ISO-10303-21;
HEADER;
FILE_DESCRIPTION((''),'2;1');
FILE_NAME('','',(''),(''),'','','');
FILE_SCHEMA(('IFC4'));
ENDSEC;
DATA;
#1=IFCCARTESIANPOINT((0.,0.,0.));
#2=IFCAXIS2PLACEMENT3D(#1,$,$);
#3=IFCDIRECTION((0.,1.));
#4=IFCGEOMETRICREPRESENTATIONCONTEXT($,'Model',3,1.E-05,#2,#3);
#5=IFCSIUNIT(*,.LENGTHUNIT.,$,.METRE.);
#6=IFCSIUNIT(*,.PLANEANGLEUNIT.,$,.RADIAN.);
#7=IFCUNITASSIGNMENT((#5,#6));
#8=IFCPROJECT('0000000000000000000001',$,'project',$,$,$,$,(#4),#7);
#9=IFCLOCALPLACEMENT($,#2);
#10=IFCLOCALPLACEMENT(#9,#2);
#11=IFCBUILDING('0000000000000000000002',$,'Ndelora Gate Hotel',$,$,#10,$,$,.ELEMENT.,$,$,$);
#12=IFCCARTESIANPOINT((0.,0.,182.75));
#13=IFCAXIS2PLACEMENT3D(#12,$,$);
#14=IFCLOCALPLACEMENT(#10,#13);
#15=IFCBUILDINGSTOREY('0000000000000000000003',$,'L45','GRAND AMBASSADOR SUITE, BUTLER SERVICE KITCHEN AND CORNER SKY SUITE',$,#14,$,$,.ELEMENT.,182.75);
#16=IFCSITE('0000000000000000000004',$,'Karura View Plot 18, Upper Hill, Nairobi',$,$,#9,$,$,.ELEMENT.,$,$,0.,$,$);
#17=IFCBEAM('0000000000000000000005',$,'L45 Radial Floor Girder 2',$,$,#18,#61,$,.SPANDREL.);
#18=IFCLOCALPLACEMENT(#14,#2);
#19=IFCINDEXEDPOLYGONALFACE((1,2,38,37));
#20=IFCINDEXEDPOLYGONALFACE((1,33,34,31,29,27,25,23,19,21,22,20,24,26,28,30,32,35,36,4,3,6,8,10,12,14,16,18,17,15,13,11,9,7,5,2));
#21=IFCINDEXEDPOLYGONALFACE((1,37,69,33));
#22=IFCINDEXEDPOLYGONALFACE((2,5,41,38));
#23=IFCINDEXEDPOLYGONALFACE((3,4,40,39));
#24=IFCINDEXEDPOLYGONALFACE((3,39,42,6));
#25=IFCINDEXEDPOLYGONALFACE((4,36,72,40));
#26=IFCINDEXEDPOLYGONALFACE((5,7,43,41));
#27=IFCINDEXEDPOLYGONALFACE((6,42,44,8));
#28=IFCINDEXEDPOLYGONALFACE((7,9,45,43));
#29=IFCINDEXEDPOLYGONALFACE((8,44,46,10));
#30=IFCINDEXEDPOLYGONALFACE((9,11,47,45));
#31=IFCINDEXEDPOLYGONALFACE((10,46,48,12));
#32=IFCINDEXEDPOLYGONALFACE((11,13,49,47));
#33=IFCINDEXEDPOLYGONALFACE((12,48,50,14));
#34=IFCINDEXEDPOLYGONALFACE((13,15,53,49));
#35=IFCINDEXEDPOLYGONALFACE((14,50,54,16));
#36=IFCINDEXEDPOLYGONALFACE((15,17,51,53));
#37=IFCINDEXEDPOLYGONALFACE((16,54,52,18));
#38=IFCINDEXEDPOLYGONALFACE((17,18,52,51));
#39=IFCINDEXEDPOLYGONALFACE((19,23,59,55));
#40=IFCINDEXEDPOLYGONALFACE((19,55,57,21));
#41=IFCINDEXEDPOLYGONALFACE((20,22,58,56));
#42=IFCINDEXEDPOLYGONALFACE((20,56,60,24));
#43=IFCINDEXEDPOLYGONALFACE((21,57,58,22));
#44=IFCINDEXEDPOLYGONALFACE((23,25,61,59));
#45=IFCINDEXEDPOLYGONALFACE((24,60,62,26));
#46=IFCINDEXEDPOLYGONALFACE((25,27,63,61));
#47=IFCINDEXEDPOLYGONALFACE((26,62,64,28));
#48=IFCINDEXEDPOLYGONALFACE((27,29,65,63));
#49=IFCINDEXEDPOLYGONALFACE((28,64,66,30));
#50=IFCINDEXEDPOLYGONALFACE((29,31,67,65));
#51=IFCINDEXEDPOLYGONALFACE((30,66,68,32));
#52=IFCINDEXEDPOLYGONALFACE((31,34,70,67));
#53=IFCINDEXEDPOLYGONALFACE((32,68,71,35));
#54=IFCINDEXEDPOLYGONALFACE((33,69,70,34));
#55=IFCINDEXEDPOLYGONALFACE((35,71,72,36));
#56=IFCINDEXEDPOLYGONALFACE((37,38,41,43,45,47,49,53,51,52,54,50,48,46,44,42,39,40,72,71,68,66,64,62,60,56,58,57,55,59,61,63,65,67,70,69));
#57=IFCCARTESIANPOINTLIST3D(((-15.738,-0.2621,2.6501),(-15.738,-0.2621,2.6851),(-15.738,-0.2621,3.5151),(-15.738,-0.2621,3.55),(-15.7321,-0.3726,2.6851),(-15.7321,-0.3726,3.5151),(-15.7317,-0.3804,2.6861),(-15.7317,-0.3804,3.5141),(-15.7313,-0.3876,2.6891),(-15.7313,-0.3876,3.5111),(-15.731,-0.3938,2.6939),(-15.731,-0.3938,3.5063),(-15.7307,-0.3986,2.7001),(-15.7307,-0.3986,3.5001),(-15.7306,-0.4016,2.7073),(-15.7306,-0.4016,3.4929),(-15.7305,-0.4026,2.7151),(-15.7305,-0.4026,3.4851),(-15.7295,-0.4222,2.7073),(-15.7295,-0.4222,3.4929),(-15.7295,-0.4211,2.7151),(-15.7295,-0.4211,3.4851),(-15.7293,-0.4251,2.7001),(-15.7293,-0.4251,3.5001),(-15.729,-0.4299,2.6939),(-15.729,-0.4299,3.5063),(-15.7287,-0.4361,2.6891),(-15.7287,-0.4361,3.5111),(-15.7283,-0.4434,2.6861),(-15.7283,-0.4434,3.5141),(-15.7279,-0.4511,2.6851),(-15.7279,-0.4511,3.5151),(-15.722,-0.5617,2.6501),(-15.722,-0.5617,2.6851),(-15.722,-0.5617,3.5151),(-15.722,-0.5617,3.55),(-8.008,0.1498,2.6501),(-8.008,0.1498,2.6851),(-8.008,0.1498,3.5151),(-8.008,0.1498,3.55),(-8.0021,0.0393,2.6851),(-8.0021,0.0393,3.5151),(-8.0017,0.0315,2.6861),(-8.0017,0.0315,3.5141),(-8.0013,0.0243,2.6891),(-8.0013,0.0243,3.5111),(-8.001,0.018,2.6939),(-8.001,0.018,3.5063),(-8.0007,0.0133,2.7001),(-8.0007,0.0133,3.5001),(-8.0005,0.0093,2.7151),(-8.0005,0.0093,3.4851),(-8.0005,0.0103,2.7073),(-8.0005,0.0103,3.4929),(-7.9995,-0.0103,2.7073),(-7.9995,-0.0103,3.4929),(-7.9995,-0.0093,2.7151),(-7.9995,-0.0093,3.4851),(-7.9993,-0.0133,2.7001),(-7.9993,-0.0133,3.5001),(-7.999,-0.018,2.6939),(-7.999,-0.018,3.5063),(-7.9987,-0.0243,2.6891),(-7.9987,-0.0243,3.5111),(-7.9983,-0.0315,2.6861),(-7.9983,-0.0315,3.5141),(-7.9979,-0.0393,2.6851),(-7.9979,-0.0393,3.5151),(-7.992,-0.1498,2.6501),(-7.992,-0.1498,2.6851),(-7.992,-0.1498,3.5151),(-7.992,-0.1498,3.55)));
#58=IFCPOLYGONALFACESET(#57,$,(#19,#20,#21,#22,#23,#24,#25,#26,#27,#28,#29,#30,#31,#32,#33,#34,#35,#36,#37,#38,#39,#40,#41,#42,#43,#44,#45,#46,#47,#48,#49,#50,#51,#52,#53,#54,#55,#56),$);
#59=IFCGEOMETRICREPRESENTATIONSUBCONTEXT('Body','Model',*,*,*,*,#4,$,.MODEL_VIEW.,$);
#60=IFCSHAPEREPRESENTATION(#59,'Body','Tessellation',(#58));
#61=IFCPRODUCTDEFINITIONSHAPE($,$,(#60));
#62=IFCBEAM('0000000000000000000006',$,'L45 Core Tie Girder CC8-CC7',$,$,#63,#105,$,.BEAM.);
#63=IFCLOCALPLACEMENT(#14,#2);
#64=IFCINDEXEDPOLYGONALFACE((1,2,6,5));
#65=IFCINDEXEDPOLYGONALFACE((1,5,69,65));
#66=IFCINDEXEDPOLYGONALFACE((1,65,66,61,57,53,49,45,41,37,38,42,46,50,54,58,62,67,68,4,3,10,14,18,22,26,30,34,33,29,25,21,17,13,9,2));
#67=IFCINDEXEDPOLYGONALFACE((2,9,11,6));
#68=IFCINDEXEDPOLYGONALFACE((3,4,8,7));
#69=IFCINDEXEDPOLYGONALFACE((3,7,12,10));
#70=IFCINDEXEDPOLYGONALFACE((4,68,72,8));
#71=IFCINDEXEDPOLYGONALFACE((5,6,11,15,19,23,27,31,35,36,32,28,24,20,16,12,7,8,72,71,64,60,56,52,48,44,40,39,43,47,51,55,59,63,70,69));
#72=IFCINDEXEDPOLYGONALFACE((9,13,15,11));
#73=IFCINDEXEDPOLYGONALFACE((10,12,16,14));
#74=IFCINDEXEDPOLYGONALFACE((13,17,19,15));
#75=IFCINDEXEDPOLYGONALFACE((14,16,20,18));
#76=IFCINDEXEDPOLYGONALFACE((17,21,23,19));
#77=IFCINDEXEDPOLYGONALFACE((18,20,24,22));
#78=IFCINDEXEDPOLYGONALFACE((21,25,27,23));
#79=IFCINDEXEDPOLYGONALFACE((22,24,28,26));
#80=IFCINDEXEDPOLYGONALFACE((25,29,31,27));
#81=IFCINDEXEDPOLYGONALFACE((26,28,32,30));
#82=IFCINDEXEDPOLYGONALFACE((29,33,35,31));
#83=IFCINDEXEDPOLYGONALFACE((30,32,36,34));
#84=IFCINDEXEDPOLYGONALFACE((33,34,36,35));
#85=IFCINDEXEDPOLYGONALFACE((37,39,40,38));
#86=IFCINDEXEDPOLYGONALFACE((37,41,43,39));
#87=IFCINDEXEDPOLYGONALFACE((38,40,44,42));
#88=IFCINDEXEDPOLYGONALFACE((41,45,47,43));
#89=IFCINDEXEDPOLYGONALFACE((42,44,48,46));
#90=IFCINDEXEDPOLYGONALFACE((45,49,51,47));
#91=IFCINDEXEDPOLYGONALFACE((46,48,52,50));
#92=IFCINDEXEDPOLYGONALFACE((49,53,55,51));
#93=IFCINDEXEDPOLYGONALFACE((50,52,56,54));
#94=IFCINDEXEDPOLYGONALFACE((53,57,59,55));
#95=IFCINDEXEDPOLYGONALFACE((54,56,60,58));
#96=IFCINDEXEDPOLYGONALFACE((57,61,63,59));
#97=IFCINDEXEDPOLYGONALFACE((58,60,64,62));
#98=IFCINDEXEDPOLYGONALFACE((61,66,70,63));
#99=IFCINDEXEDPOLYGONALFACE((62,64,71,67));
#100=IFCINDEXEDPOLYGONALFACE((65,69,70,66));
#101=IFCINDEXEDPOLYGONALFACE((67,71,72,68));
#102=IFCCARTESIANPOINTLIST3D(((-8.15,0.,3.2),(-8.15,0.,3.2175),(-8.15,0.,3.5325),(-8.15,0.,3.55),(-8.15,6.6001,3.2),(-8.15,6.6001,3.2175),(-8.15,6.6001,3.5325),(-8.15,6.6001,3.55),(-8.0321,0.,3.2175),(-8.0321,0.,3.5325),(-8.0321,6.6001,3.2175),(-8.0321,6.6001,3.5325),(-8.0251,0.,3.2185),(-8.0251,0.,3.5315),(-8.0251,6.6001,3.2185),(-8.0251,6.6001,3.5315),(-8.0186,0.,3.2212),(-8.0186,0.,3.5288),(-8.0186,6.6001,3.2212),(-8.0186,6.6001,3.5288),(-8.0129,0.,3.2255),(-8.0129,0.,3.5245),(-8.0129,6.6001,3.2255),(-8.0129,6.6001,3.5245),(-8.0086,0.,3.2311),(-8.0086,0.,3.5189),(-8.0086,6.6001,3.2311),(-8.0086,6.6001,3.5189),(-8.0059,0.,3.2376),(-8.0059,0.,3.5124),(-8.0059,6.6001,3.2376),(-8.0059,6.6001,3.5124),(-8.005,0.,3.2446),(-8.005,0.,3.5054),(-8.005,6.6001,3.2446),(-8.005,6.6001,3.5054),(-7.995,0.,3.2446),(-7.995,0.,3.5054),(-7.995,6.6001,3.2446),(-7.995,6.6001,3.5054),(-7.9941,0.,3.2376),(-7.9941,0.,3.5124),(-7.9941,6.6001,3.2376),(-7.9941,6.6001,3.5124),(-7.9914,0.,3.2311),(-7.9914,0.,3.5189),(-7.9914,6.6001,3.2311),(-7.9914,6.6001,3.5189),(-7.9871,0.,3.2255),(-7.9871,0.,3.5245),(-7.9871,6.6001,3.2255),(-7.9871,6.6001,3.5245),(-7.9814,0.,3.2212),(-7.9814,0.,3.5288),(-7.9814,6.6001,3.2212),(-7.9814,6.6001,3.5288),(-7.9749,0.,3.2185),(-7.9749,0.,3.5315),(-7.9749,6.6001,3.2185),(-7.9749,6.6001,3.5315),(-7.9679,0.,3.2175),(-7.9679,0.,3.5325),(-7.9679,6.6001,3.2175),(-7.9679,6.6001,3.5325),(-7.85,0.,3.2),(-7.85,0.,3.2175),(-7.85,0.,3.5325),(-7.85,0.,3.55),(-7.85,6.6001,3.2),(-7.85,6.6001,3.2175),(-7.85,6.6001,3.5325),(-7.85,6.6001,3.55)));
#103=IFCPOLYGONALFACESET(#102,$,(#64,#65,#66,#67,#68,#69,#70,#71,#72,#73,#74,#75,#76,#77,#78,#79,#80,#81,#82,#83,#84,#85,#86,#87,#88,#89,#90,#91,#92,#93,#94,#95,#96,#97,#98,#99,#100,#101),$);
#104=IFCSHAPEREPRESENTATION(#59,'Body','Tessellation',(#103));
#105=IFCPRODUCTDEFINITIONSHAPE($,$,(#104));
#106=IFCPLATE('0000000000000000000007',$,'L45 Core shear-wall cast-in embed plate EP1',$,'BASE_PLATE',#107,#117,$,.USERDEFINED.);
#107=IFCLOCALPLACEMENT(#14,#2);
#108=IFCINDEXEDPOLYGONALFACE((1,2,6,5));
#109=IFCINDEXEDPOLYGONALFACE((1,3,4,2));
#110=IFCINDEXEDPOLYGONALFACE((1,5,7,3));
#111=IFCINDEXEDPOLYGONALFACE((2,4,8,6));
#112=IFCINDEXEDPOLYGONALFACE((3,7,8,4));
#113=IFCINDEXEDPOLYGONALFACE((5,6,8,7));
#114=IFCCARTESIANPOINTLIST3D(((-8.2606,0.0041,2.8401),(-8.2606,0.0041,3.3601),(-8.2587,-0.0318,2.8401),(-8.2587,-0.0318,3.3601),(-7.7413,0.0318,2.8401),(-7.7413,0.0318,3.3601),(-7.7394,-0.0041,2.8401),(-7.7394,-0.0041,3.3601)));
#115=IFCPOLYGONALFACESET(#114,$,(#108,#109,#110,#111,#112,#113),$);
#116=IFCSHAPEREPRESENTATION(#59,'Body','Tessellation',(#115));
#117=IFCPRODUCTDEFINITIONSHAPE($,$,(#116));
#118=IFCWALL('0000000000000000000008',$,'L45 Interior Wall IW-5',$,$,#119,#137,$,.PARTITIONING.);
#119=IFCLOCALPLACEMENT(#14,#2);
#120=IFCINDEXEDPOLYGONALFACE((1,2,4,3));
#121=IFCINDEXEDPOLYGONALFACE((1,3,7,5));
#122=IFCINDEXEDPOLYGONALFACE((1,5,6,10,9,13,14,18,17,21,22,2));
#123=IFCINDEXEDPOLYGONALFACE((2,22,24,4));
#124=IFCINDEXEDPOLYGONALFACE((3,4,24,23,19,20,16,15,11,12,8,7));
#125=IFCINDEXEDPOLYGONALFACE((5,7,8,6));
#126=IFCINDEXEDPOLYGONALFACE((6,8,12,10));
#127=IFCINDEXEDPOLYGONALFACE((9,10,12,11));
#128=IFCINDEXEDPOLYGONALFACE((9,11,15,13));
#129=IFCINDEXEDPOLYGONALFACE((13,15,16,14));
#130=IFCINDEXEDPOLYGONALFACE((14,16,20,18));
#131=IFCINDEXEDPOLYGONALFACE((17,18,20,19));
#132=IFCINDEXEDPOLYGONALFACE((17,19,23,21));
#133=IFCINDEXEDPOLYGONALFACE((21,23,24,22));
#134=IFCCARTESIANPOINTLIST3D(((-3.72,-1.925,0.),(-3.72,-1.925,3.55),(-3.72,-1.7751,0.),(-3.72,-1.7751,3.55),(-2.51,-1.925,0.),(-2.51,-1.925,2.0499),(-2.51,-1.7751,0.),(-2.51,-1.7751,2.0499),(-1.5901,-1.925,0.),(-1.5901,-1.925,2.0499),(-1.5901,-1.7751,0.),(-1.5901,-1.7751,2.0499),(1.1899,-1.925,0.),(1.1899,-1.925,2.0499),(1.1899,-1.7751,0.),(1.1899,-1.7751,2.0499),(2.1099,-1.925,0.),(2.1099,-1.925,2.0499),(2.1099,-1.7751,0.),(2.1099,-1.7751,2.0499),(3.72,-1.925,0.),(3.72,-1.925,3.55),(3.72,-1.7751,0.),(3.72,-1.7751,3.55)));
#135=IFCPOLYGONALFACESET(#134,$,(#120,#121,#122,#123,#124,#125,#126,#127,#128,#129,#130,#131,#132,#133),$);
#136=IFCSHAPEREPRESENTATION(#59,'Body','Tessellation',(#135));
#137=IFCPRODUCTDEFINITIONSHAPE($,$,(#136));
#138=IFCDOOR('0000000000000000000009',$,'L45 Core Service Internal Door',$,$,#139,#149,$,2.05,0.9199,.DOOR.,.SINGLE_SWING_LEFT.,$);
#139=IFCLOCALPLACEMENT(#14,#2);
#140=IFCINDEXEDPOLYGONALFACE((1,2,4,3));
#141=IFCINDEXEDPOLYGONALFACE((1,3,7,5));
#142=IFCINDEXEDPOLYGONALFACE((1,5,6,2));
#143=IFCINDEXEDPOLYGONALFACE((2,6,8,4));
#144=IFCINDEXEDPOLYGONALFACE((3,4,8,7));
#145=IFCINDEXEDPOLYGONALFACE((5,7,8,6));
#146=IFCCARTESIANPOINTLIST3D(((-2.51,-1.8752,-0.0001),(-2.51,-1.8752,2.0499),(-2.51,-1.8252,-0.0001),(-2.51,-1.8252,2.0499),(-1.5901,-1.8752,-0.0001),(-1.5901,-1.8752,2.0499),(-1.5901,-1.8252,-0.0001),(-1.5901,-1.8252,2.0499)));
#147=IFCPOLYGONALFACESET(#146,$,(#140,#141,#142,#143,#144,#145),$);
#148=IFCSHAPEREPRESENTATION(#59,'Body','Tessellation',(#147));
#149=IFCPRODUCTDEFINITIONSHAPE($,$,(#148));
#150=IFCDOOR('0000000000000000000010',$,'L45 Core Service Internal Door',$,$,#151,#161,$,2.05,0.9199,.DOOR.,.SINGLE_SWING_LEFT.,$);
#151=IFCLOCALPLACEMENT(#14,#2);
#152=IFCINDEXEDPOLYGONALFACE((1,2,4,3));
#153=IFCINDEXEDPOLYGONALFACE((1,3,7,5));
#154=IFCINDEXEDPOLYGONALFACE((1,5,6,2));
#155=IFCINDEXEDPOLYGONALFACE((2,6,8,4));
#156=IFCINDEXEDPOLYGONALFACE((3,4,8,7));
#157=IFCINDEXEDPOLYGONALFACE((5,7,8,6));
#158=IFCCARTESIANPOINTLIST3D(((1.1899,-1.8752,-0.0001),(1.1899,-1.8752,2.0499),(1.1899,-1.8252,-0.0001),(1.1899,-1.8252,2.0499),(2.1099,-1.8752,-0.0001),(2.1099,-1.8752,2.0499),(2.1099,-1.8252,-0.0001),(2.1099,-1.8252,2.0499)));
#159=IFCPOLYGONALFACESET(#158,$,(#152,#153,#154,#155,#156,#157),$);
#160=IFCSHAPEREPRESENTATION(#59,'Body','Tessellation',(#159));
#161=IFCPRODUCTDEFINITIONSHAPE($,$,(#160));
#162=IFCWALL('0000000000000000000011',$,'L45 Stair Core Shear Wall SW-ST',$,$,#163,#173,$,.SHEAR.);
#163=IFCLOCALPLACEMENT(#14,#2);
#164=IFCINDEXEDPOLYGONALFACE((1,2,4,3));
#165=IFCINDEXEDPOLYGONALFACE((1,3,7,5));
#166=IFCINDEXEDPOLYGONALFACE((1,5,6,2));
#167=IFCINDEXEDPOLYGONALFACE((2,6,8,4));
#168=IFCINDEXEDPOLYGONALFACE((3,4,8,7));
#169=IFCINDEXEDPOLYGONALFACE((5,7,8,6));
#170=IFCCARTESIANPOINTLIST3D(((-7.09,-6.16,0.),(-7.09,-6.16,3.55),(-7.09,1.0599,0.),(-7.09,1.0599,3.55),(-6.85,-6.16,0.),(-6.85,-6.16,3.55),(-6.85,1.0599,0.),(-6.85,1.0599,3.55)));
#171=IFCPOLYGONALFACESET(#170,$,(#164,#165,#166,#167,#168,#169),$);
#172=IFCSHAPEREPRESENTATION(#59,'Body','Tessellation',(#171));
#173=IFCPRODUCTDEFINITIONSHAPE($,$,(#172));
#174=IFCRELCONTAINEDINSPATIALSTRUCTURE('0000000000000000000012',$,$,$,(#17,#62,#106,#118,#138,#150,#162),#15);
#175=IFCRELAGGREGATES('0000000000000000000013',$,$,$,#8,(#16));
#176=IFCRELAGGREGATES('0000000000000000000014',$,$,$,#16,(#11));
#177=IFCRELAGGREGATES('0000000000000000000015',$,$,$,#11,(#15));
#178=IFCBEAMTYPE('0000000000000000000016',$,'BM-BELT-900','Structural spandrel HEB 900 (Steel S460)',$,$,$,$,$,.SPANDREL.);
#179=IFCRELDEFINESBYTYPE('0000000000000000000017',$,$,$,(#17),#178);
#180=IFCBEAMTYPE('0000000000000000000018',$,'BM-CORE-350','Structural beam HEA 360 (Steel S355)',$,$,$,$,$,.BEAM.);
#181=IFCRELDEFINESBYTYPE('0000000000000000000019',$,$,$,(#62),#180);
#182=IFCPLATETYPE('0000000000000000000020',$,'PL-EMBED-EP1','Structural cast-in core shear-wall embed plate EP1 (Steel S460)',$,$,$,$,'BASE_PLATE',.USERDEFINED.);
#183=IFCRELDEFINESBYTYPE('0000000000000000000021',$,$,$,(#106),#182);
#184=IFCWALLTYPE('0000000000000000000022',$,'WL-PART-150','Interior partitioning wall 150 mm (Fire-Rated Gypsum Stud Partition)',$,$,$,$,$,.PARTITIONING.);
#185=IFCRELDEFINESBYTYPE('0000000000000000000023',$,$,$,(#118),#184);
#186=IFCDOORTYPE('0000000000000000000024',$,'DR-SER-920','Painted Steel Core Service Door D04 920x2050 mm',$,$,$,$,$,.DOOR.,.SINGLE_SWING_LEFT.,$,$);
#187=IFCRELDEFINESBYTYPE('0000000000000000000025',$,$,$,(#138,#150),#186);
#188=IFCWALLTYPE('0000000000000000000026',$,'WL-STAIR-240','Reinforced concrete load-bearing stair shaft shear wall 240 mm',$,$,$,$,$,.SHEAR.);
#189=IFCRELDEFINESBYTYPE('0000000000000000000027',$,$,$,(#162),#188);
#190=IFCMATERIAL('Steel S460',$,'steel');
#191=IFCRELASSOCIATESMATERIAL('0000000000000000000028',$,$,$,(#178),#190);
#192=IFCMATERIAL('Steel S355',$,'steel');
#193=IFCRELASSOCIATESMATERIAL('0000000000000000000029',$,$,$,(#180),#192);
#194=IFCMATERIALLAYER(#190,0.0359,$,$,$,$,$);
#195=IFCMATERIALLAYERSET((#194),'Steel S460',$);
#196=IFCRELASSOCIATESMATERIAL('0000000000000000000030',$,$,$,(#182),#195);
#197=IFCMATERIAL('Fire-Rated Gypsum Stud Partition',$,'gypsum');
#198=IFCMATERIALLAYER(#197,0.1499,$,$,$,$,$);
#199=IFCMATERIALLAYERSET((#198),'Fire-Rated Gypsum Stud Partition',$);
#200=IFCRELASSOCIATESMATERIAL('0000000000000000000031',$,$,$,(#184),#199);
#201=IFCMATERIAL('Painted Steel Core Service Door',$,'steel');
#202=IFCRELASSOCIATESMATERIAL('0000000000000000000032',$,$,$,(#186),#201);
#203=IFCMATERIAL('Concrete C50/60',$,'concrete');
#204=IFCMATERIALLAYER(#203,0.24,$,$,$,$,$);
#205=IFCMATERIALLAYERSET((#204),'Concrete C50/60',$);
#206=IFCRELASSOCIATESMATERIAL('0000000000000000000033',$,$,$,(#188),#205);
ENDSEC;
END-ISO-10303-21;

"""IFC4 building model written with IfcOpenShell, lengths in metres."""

from ifc_helpers import new_model, si_unit, direction, frame, frame_2d, origin, origin_2d, place, context, subcontext, project, spatial, rectangle, i_section, extrude, material, layer, layer_set, material_profile, profile_set, type_object, element, fill, save


model = new_model("IFC4")

# Units and contexts
model_context = context("Model", 3, precision=1e-05, world=origin(), true_north=direction((0.0, 1.0)))
body_context = subcontext(model_context, "Body", "Model", "MODEL_VIEW")
ifc_project = project(units=[si_unit("LENGTHUNIT", "METRE"), si_unit("PLANEANGLEUNIT", "RADIAN")], contexts=[model_context])

# Site, building, storey
site_placement = place(None, origin())
site = spatial("IfcSite", under=ifc_project, at=site_placement, Name="Karura View Plot 18, Upper Hill, Nairobi", CompositionType="ELEMENT", RefElevation=0.0)
building_placement = place(site_placement, origin())
building = spatial("IfcBuilding", under=site, at=building_placement, Name="Ndelora Gate Hotel", CompositionType="ELEMENT")
storey_placement = place(building_placement, frame((0.0, 0.0, 182.75)))
storey = spatial("IfcBuildingStorey", under=building, at=storey_placement, Name="L45", Description="GRAND AMBASSADOR SUITE, BUTLER SERVICE KITCHEN AND CORNER SKY SUITE", CompositionType="ELEMENT", Elevation=182.75)

# Beams
ifc_material_1 = material(Name="Steel S460", Category="steel")
ifc_material_profile_1 = material_profile(ifc_material_1, i_section(OverallWidth=0.3, OverallDepth=0.8999, WebThickness=0.0186, FlangeThickness=0.0349, FilletRadius=0.03, at=origin_2d()), Name="HEB 900")
ifc_profile_set_1 = profile_set([ifc_material_profile_1], Name="Steel S460")
beam_type_1 = type_object("IfcBeamType", Name="BM-BELT-900", Description="Structural spandrel HEB 900 (Steel S460)", PredefinedType="SPANDREL", material=ifc_profile_set_1)
beam_1_placement = place(storey_placement, frame((-8.0, 0.0, 3.1001), z_axis=(-0.998584, -0.053206, 0.0), x_axis=(0.053206, -0.998584, 0.0)))
element("IfcBeam", 1, at=beam_1_placement, inside=storey, type_object=beam_type_1, Name="L45 Radial Floor Girder 2", PredefinedType="SPANDREL", context=body_context, shape_type="SweptSolid", body=[
    extrude(i_section(OverallWidth=0.3, OverallDepth=0.8999, WebThickness=0.0186, FlangeThickness=0.0349, FilletRadius=0.03, at=origin_2d()), origin(), (0.0, 0.0, 1.0), 7.741),
])
ifc_material_2 = material(Name="Steel S355", Category="steel")
ifc_material_profile_2 = material_profile(ifc_material_2, i_section(OverallWidth=0.3, OverallDepth=0.3501, WebThickness=0.01, FlangeThickness=0.0176, FilletRadius=0.0271, at=origin_2d()), Name="HEA 360")
ifc_profile_set_2 = profile_set([ifc_material_profile_2], Name="Steel S355")
beam_type_2 = type_object("IfcBeamType", Name="BM-CORE-350", Description="Structural beam HEA 360 (Steel S355)", PredefinedType="BEAM", material=ifc_profile_set_2)
beam_2_placement = place(storey_placement, frame((-8.0, 0.0, 3.375), z_axis=(0.0, 1.0, 0.0), x_axis=(-1.0, 0.0, 0.0)))
element("IfcBeam", 2, at=beam_2_placement, inside=storey, type_object=beam_type_2, Name="L45 Core Tie Girder CC8-CC7", PredefinedType="BEAM", context=body_context, shape_type="SweptSolid", body=[
    extrude(i_section(OverallWidth=0.3, OverallDepth=0.3501, WebThickness=0.01, FlangeThickness=0.0176, FilletRadius=0.0271, at=origin_2d()), origin(), (0.0, 0.0, 1.0), 6.6001),
])

# Plate
ifc_layer_1 = layer(ifc_material_1, 0.0359)
ifc_layer_set_1 = layer_set([ifc_layer_1], Name="Steel S460")
plate_type = type_object("IfcPlateType", Name="PL-EMBED-EP1", Description="Structural cast-in core shear-wall embed plate EP1 (Steel S460)", ElementType="BASE_PLATE", PredefinedType="USERDEFINED", material=ifc_layer_set_1)
plate_placement = place(storey_placement, frame((-8.0, 0.0, 2.8401), z_axis=(0.0, 0.0, 1.0), x_axis=(0.998583, 0.053207, 0.0)))
element("IfcPlate", 3, at=plate_placement, inside=storey, type_object=plate_type, Name="L45 Core shear-wall cast-in embed plate EP1", ObjectType="BASE_PLATE", PredefinedType="USERDEFINED", context=body_context, shape_type="SweptSolid", body=[
    extrude(rectangle(XDim=0.52, YDim=0.0359, at=origin_2d()), origin(), (0.0, 0.0, 1.0), 0.52),
])

# Wall, openings, doors
ifc_material_3 = material(Name="Fire-Rated Gypsum Stud Partition", Category="gypsum")
ifc_layer_2 = layer(ifc_material_3, 0.1499)
ifc_layer_set_2 = layer_set([ifc_layer_2], Name="Fire-Rated Gypsum Stud Partition")
wall_type_1 = type_object("IfcWallType", Name="WL-PART-150", Description="Interior partitioning wall 150 mm (Fire-Rated Gypsum Stud Partition)", PredefinedType="PARTITIONING", material=ifc_layer_set_2)
wall_1_placement = place(storey_placement, frame((-3.72, -1.8501, 0.0), z_axis=(0.0, 0.0, 1.0), x_axis=(1.0, 0.0, 0.0)))
wall_1 = element("IfcWall", 4, at=wall_1_placement, inside=storey, type_object=wall_type_1, Name="L45 Interior Wall IW-5", PredefinedType="PARTITIONING", context=body_context, shape_type="SweptSolid", body=[
    extrude(rectangle(XDim=7.4399, YDim=0.1499, at=frame_2d((3.72, 0.0))), origin(), (0.0, 0.0, 1.0), 3.55),
])
opening_1_placement = place(wall_1_placement, frame((1.21, 0.0, 0.0)))
opening_1 = element("IfcOpeningElement", 5, at=opening_1_placement, cuts=wall_1, PredefinedType="OPENING", context=body_context, shape_type="SweptSolid", body=[
    extrude(rectangle(XDim=0.9199, YDim=2.05, at=frame_2d((0.46, 1.0249))), frame((0.0, 0.085, 0.0), z_axis=(0.0, -1.0, 0.0), x_axis=(1.0, 0.0, 0.0)), (0.0, 0.0, 1.0), 0.1699),
])
opening_2_placement = place(wall_1_placement, frame((4.9099, 0.0, 0.0)))
opening_2 = element("IfcOpeningElement", 6, at=opening_2_placement, cuts=wall_1, PredefinedType="OPENING", context=body_context, shape_type="SweptSolid", body=[
    extrude(rectangle(XDim=0.9199, YDim=2.05, at=frame_2d((0.46, 1.0249))), frame((0.0, 0.085, 0.0), z_axis=(0.0, -1.0, 0.0), x_axis=(1.0, 0.0, 0.0)), (0.0, 0.0, 1.0), 0.1699),
])
ifc_material_4 = material(Name="Painted Steel Core Service Door", Category="steel")
door_type_1 = type_object("IfcDoorType", Name="DR-SER-920", Description="Painted Steel Core Service Door D04 920x2050 mm", OperationType="SINGLE_SWING_LEFT", PredefinedType="DOOR", material=ifc_material_4)
door_1_placement = place(opening_1_placement, origin())
door_1 = element("IfcDoor", 7, at=door_1_placement, inside=storey, type_object=door_type_1, Name="L45 Core Service Internal Door", OperationType="SINGLE_SWING_LEFT", OverallHeight=2.05, OverallWidth=0.9199, PredefinedType="DOOR", context=body_context, shape_type="SweptSolid", body=[
    extrude(rectangle(XDim=0.9199, YDim=2.05, at=frame_2d((0.46, 1.0249))), frame((0.0, 0.0249, 0.0), z_axis=(0.0, -1.0, 0.0), x_axis=(1.0, 0.0, 0.0)), (0.0, 0.0, 1.0), 0.05),
])
fill(opening_1, door_1)
door_2_placement = place(opening_2_placement, origin())
door_2 = element("IfcDoor", 8, at=door_2_placement, inside=storey, type_object=door_type_1, Name="L45 Core Service Internal Door", OperationType="SINGLE_SWING_LEFT", OverallHeight=2.05, OverallWidth=0.9199, PredefinedType="DOOR", context=body_context, shape_type="SweptSolid", body=[
    extrude(rectangle(XDim=0.9199, YDim=2.05, at=frame_2d((0.46, 1.0249))), frame((0.0, 0.0249, 0.0), z_axis=(0.0, -1.0, 0.0), x_axis=(1.0, 0.0, 0.0)), (0.0, 0.0, 1.0), 0.05),
])
fill(opening_2, door_2)

# Wall
ifc_material_5 = material(Name="Concrete C50/60", Category="concrete")
ifc_layer_3 = layer(ifc_material_5, 0.24)
ifc_layer_set_3 = layer_set([ifc_layer_3], Name="Concrete C50/60")
wall_type_2 = type_object("IfcWallType", Name="WL-STAIR-240", Description="Reinforced concrete load-bearing stair shaft shear wall 240 mm", PredefinedType="SHEAR", material=ifc_layer_set_3)
for number, where, z_axis, x_axis, name in (
    (9, (-6.97, -6.1599, 0.0), (0.0, 0.0, 1.0), (0.0, 1.0, 0.0), "L45 Stair Core Shear Wall SW-ST"),
):
    element("IfcWall", number, at=place(storey_placement, frame(where, z_axis=z_axis, x_axis=x_axis)), inside=storey, type_object=wall_type_2, Name=name, PredefinedType="SHEAR", context=body_context, shape_type="SweptSolid", body=[
        extrude(rectangle(XDim=7.22, YDim=0.24, at=frame_2d((3.6099, 0.0))), origin(), (0.0, 0.0, 1.0), 3.55),
    ])

save(model, "model.ifc")
